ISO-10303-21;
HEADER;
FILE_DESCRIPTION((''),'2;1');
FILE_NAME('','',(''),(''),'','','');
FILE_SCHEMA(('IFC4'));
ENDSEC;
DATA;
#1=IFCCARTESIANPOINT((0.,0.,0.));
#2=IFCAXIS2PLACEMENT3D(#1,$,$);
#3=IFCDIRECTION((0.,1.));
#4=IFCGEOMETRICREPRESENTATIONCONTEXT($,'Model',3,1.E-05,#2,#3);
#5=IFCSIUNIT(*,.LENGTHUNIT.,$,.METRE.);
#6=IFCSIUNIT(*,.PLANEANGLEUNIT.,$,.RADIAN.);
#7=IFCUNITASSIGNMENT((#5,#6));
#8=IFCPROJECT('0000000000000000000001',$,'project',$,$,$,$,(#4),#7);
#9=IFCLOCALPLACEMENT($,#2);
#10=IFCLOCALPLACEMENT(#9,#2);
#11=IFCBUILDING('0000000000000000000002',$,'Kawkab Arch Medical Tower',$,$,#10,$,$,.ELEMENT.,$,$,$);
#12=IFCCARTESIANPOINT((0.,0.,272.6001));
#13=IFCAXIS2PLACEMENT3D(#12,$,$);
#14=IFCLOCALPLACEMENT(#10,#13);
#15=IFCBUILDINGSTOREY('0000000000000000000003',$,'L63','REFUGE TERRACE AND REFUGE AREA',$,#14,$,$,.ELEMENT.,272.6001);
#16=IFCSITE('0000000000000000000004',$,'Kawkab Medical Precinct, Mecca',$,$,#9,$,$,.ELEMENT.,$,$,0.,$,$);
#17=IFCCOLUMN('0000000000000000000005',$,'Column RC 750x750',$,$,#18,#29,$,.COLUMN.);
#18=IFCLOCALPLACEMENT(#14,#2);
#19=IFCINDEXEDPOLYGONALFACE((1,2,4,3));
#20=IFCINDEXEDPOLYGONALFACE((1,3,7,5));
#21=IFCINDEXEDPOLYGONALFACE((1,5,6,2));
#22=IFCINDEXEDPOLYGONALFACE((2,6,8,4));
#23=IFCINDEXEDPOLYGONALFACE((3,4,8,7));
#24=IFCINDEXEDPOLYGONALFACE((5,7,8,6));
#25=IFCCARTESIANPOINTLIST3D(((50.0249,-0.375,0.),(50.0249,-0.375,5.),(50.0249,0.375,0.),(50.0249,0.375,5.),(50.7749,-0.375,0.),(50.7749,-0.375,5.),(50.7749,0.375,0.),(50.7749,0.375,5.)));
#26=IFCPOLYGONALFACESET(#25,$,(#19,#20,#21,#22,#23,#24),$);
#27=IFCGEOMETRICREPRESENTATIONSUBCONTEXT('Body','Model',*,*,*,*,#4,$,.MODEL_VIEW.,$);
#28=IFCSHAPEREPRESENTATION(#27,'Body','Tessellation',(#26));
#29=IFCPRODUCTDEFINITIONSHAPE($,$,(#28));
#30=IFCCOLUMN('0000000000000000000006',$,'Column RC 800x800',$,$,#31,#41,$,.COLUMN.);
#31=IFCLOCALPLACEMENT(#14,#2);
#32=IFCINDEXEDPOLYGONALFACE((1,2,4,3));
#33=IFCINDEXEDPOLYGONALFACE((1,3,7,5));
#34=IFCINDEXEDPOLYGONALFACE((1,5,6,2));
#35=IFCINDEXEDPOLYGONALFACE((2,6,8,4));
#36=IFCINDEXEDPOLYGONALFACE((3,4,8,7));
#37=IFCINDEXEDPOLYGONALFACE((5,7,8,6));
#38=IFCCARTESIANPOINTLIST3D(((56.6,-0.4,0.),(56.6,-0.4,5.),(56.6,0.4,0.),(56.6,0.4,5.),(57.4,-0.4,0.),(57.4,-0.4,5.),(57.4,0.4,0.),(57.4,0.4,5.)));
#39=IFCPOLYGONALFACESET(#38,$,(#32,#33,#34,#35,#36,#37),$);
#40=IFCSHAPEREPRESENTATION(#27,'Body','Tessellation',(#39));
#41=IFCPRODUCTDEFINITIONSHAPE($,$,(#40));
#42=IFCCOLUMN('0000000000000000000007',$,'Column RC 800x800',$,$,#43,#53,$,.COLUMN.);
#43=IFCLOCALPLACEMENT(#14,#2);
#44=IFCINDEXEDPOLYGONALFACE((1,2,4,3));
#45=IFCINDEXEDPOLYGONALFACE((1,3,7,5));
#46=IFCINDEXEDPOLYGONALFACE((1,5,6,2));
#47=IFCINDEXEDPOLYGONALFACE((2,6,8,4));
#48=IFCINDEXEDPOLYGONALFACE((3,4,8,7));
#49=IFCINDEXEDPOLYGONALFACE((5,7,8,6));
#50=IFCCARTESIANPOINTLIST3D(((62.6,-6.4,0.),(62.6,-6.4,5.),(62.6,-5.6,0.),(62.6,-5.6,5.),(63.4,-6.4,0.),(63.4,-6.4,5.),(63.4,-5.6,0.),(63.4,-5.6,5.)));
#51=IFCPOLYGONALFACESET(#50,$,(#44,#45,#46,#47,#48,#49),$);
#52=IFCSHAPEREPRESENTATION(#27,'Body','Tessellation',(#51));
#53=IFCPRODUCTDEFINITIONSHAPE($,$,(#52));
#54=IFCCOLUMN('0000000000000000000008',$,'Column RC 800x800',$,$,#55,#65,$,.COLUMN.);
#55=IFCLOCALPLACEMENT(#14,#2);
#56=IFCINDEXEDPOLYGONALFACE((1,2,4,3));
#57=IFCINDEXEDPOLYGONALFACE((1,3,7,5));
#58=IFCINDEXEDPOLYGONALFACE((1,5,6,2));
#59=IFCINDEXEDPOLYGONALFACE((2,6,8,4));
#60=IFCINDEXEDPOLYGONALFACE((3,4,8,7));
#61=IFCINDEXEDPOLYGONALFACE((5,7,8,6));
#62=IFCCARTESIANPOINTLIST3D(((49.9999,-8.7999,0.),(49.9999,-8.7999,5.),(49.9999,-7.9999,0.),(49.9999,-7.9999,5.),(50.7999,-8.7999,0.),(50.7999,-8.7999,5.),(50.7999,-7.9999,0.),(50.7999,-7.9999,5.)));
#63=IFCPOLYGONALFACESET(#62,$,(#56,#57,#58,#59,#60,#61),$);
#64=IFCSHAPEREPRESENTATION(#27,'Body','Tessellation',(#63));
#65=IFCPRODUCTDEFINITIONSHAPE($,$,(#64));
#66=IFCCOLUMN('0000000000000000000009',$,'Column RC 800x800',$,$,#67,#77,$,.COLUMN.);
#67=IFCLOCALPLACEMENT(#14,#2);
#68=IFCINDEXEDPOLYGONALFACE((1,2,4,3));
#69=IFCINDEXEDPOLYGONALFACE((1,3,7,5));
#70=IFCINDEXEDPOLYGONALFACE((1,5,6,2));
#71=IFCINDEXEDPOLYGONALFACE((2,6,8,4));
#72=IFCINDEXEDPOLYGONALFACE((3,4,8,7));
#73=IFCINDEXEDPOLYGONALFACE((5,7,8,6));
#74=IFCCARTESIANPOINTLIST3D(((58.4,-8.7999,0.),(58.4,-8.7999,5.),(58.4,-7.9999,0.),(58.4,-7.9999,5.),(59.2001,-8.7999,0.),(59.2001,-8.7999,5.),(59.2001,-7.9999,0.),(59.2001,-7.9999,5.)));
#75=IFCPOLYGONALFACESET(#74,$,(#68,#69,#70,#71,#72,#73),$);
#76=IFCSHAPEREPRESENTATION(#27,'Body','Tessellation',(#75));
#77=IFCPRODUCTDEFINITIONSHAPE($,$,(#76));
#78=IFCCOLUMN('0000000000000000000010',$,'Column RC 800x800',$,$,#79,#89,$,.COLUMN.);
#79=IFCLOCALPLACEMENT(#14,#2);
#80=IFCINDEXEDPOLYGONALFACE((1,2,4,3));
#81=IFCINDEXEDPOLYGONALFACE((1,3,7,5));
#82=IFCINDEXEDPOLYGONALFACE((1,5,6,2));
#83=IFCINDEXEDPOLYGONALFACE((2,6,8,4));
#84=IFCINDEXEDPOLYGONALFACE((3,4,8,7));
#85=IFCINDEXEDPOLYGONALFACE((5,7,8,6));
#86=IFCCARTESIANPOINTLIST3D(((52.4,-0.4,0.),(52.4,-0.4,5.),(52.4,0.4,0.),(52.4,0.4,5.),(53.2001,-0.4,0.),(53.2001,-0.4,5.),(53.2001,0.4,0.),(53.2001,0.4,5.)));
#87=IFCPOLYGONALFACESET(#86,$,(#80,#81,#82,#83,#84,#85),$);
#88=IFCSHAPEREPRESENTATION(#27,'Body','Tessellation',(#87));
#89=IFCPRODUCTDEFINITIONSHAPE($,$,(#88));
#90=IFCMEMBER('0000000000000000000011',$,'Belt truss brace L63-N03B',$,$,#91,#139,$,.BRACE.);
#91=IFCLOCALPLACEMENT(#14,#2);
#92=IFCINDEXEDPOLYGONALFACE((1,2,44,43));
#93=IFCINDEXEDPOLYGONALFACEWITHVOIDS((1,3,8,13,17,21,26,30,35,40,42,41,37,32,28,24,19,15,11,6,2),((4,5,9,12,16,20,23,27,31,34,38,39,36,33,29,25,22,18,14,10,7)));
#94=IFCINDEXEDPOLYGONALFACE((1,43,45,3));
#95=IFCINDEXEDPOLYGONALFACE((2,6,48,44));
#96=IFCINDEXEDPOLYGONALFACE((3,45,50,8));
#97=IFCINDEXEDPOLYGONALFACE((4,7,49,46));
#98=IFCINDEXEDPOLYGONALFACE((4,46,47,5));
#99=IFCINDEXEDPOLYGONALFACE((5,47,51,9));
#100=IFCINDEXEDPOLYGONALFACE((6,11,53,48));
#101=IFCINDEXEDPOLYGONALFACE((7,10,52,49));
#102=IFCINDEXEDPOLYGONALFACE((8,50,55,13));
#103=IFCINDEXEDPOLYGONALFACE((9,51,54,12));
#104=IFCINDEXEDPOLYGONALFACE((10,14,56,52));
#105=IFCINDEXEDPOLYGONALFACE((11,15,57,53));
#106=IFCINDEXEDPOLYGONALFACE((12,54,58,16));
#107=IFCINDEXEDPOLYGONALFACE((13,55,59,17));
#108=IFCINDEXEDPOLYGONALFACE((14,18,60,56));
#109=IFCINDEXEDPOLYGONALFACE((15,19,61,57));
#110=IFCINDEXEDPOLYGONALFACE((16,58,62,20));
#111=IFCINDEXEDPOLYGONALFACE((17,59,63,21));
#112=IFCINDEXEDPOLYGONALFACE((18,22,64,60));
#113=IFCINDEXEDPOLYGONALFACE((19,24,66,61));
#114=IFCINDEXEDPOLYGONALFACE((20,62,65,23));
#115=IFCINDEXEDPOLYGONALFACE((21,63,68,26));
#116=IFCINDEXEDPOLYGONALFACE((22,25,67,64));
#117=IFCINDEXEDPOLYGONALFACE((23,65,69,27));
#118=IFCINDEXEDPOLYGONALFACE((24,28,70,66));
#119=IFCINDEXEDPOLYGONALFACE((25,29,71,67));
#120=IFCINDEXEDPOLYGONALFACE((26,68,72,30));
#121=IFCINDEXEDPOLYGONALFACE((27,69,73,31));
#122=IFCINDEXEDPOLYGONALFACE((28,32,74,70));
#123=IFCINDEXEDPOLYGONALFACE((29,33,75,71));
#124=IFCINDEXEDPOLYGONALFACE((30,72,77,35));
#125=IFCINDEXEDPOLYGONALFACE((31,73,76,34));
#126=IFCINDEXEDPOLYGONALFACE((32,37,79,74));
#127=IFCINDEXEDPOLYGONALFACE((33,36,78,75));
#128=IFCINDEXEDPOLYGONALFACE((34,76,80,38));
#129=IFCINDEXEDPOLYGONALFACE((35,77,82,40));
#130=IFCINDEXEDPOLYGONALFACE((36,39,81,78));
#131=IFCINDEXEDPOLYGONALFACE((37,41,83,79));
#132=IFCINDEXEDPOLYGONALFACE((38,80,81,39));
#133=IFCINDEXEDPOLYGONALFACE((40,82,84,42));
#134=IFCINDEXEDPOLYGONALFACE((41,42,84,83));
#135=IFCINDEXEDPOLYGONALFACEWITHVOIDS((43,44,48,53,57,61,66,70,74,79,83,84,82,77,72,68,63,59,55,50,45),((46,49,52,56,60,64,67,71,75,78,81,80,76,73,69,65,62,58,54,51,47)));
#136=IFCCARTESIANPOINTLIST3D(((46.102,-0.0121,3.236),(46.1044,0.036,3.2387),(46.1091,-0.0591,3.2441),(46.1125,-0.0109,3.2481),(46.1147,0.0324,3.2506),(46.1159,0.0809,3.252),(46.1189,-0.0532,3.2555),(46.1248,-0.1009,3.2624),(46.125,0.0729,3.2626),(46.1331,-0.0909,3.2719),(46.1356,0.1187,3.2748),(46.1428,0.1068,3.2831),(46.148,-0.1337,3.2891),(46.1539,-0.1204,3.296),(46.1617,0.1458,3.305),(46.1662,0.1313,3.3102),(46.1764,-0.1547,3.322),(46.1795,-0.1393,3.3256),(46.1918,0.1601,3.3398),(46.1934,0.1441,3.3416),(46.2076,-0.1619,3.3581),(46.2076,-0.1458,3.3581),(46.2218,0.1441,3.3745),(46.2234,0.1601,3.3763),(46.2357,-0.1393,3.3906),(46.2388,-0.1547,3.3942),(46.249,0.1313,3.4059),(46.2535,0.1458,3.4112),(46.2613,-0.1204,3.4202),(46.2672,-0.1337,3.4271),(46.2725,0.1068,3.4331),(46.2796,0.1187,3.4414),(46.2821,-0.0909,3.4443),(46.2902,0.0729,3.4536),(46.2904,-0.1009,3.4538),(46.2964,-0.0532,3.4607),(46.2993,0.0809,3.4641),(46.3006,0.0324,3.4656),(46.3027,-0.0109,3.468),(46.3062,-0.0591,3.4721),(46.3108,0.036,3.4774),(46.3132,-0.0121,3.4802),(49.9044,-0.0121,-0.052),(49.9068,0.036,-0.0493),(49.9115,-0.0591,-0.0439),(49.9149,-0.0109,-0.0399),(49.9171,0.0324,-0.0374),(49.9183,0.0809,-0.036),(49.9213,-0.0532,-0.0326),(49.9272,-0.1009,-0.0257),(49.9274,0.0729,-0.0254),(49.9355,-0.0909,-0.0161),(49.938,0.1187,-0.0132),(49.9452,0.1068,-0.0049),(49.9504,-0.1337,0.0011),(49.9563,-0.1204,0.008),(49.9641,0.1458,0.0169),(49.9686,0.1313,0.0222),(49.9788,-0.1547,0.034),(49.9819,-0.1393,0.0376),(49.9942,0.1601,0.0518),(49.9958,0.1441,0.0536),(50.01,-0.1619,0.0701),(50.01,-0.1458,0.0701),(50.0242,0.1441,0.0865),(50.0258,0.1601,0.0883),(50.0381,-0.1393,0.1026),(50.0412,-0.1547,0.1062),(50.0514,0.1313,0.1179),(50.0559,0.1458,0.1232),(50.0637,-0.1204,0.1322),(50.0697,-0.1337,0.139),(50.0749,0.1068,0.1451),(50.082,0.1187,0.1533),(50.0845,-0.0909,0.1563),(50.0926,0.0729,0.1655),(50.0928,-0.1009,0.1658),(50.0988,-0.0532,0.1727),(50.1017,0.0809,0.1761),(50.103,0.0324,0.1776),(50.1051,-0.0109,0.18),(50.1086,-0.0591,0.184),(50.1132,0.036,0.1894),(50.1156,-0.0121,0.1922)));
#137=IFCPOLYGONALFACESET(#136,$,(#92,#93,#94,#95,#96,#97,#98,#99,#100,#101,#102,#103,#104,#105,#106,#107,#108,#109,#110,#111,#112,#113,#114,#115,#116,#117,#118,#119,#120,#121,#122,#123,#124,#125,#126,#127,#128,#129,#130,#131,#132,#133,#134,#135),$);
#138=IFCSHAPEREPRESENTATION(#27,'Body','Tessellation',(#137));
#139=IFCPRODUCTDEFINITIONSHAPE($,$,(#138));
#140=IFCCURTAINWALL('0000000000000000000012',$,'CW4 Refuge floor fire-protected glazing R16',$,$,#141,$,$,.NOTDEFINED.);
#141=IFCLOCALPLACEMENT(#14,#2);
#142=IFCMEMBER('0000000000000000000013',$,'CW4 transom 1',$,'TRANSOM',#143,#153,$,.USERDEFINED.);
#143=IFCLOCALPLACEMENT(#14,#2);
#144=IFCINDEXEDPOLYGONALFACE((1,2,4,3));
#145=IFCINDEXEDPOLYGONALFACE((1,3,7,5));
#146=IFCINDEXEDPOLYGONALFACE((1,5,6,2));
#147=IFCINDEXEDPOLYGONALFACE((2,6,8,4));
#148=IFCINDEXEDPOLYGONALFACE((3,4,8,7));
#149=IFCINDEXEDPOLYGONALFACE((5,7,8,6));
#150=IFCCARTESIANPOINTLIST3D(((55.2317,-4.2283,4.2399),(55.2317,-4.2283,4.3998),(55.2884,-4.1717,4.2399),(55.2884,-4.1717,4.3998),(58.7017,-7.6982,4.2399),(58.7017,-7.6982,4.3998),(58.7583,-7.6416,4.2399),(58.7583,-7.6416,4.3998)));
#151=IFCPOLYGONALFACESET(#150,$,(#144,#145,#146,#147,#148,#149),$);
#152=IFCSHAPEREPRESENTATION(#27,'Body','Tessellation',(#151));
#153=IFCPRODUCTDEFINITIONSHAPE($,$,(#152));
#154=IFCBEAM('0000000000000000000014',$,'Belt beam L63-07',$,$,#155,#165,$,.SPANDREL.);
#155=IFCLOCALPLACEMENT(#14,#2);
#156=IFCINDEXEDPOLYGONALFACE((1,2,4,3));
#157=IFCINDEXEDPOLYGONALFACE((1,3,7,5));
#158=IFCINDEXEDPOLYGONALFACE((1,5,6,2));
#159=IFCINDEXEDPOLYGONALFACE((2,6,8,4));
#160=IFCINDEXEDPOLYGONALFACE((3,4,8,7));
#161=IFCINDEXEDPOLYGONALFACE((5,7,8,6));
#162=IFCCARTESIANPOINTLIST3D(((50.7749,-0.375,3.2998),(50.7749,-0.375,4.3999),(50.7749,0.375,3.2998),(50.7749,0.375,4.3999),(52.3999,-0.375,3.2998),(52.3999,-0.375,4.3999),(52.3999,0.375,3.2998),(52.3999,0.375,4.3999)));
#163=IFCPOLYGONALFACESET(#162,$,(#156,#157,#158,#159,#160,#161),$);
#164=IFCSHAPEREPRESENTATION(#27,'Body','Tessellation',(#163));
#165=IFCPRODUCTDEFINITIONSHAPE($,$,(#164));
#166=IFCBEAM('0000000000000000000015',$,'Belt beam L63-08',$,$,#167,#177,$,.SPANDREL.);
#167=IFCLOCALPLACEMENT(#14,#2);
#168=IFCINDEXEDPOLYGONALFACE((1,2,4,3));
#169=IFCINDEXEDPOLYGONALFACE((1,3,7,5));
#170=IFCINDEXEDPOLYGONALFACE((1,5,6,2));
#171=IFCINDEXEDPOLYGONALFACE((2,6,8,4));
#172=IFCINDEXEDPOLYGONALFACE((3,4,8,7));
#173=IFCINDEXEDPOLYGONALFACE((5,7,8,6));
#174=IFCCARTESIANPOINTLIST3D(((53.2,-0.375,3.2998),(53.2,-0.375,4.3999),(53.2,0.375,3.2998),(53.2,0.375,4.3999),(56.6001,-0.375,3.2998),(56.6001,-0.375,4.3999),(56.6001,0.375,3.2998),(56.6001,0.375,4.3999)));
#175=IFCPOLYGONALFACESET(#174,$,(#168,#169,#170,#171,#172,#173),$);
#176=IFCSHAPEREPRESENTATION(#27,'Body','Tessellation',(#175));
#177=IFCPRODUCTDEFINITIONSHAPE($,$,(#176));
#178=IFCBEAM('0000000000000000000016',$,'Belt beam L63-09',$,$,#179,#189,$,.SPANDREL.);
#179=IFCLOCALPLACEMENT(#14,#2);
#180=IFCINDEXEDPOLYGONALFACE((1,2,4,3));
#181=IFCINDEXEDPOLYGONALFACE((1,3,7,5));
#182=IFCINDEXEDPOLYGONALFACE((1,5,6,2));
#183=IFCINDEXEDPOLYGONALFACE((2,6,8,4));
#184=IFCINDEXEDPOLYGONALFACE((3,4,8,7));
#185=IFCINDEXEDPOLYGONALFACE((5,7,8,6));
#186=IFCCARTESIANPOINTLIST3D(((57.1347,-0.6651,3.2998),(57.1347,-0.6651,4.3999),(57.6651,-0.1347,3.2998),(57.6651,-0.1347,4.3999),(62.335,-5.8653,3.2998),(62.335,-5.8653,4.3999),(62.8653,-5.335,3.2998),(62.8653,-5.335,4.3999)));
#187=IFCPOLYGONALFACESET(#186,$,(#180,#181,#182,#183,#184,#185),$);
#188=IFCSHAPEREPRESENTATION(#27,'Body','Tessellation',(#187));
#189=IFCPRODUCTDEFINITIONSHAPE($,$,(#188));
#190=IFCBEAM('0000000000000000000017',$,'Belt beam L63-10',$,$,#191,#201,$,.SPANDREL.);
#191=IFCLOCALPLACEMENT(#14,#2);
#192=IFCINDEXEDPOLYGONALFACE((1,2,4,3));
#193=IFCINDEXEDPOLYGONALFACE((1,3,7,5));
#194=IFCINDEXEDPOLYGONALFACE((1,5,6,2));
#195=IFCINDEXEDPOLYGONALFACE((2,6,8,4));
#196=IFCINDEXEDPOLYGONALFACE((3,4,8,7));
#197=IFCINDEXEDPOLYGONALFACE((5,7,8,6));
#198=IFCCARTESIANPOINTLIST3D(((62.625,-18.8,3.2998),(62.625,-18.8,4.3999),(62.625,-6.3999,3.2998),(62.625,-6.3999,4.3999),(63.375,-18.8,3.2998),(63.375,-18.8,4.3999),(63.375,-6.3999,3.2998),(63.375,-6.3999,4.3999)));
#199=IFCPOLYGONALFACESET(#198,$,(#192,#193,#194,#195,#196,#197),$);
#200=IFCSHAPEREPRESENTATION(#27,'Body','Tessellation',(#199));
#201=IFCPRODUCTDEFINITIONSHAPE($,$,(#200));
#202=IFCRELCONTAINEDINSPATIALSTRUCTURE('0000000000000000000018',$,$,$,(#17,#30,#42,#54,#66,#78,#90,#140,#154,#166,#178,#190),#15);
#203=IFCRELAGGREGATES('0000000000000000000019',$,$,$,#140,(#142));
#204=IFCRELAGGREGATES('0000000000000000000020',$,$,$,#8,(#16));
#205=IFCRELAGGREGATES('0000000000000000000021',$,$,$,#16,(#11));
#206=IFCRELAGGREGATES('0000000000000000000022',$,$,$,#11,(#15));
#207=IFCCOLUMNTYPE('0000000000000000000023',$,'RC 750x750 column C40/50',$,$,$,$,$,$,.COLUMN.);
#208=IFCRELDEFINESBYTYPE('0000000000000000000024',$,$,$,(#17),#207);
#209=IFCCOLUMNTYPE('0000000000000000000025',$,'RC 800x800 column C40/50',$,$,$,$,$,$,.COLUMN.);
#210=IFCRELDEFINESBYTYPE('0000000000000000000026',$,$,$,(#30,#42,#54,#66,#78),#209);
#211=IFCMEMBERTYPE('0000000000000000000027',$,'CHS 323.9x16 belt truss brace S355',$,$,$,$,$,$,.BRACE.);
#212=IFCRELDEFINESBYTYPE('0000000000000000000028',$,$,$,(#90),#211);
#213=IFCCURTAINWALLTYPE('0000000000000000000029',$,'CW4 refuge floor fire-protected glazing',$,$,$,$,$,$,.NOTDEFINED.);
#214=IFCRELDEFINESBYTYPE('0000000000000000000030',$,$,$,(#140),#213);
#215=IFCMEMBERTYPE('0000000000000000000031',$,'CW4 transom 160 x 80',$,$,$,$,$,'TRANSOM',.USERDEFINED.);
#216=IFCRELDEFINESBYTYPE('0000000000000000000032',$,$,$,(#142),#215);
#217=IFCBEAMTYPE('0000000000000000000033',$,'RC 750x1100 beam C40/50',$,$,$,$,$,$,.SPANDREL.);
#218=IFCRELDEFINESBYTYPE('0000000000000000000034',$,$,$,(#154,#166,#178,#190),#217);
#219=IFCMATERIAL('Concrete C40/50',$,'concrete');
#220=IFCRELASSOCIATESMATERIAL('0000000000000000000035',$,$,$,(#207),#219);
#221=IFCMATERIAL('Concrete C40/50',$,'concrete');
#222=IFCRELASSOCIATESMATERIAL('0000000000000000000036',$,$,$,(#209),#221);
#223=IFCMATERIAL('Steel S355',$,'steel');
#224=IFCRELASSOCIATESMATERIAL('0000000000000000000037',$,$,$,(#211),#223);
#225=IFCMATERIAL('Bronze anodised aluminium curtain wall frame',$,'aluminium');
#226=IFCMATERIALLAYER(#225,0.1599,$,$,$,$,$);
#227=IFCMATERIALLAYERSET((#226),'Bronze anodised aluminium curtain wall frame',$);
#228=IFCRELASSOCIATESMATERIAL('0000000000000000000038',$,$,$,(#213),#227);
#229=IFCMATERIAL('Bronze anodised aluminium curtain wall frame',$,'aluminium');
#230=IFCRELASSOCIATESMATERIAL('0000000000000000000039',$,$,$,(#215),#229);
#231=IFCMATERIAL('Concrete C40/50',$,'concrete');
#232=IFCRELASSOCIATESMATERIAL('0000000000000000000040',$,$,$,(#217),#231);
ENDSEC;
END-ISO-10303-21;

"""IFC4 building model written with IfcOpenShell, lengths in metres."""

from ifc_helpers import new_model, si_unit, direction, frame, origin, origin_2d, place, context, subcontext, project, spatial, rectangle, hollow_circle, extrude, material, layer, layer_set, material_profile, profile_set, type_object, element, aggregate, save


model = new_model("IFC4")

# Units and contexts
model_context = context("Model", 3, precision=1e-05, world=origin(), true_north=direction((0.0, 1.0)))
body_context = subcontext(model_context, "Body", "Model", "MODEL_VIEW")
ifc_project = project(units=[si_unit("LENGTHUNIT", "METRE"), si_unit("PLANEANGLEUNIT", "RADIAN")], contexts=[model_context])

# Site, building, storey
site_placement = place(None, origin())
site = spatial("IfcSite", under=ifc_project, at=site_placement, Name="Kawkab Medical Precinct, Mecca", CompositionType="ELEMENT", RefElevation=0.0)
building_placement = place(site_placement, origin())
building = spatial("IfcBuilding", under=site, at=building_placement, Name="Kawkab Arch Medical Tower", CompositionType="ELEMENT")
storey_placement = place(building_placement, frame((0.0, 0.0, 272.6001)))
storey = spatial("IfcBuildingStorey", under=building, at=storey_placement, Name="L63", Description="REFUGE TERRACE AND REFUGE AREA", CompositionType="ELEMENT", Elevation=272.6001)

# Columns
ifc_material_1 = material(Name="Concrete C40/50", Category="concrete")
ifc_material_profile_1 = material_profile(ifc_material_1, rectangle(XDim=0.75, YDim=0.75, at=origin_2d()), Name="RC 750x750")
ifc_profile_set_1 = profile_set([ifc_material_profile_1], Name="Concrete C40/50")
column_type_1 = type_object("IfcColumnType", Name="RC 750x750 column C40/50", PredefinedType="COLUMN", material=ifc_profile_set_1)
column_placement = place(storey_placement, frame((50.3999, 0.0, 0.0), z_axis=(0.0, 0.0, 1.0), x_axis=(1.0, 0.0, 0.0)))
element("IfcColumn", 1, at=column_placement, inside=storey, type_object=column_type_1, Name="Column RC 750x750", PredefinedType="COLUMN", context=body_context, shape_type="SweptSolid", body=[
    extrude(rectangle(XDim=0.75, YDim=0.75, at=origin_2d()), origin(), (0.0, 0.0, 1.0), 5.0),
])
ifc_material_2 = material(Name="Concrete C40/50", Category="concrete")
ifc_material_profile_2 = material_profile(ifc_material_2, rectangle(XDim=0.8, YDim=0.8, at=origin_2d()), Name="RC 800x800")
ifc_profile_set_2 = profile_set([ifc_material_profile_2], Name="Concrete C40/50")
column_type_2 = type_object("IfcColumnType", Name="RC 800x800 column C40/50", PredefinedType="COLUMN", material=ifc_profile_set_2)
for number, where, z_axis, x_axis, name in (
    (2, (57.0, 0.0, 0.0), (0.0, 0.0, 1.0), (1.0, 0.0, 0.0), "Column RC 800x800"),
    (3, (63.0, -6.0, 0.0), (0.0, 0.0, 1.0), (1.0, 0.0, 0.0), "Column RC 800x800"),
    (4, (50.3999, -8.3999, 0.0), (0.0, 0.0, 1.0), (1.0, 0.0, 0.0), "Column RC 800x800"),
    (5, (58.8, -8.3999, 0.0), (0.0, 0.0, 1.0), (1.0, 0.0, 0.0), "Column RC 800x800"),
    (6, (52.8, 0.0, 0.0), (0.0, 0.0, 1.0), (1.0, 0.0, 0.0), "Column RC 800x800"),
):
    element("IfcColumn", number, at=place(storey_placement, frame(where, z_axis=z_axis, x_axis=x_axis)), inside=storey, type_object=column_type_2, Name=name, PredefinedType="COLUMN", context=body_context, shape_type="SweptSolid", body=[
        extrude(rectangle(XDim=0.8, YDim=0.8, at=origin_2d()), origin(), (0.0, 0.0, 1.0), 5.0),
    ])

# Member
ifc_material_3 = material(Name="Steel S355", Category="steel")
ifc_material_profile_3 = material_profile(ifc_material_3, hollow_circle(Radius=0.1619, WallThickness=0.0161, at=origin_2d()), Name="CHS 323.9x16")
ifc_profile_set_3 = profile_set([ifc_material_profile_3], Name="Steel S355")
member_type_1 = type_object("IfcMemberType", Name="CHS 323.9x16 belt truss brace S355", PredefinedType="BRACE", material=ifc_profile_set_3)
member_1_placement = place(storey_placement, frame((50.01, 0.0, 0.0701), z_axis=(-0.756418, 0.0, 0.654089), x_axis=(0.0, -1.0, 0.0)))
element("IfcMember", 7, at=member_1_placement, inside=storey, type_object=member_type_1, Name="Belt truss brace L63-N03B", PredefinedType="BRACE", context=body_context, shape_type="SweptSolid", body=[
    extrude(hollow_circle(Radius=0.1619, WallThickness=0.0161, at=origin_2d()), origin(), (0.0, 0.0, 1.0), 5.0269),
])

# Curtain wall, member
ifc_material_4 = material(Name="Bronze anodised aluminium curtain wall frame", Category="aluminium")
ifc_layer_1 = layer(ifc_material_4, 0.1599)
ifc_layer_set_1 = layer_set([ifc_layer_1], Name="Bronze anodised aluminium curtain wall frame")
curtain_wall_type = type_object("IfcCurtainWallType", Name="CW4 refuge floor fire-protected glazing", PredefinedType="NOTDEFINED", material=ifc_layer_set_1)
curtain_wall_placement = place(storey_placement, origin())
curtain_wall = element("IfcCurtainWall", 8, at=curtain_wall_placement, inside=storey, type_object=curtain_wall_type, Name="CW4 Refuge floor fire-protected glazing R16", PredefinedType="NOTDEFINED")
ifc_material_5 = material(Name="Bronze anodised aluminium curtain wall frame", Category="aluminium")
ifc_material_profile_4 = material_profile(ifc_material_5, rectangle(XDim=0.0801, YDim=0.1599, at=origin_2d()), Name="AL 80x160")
ifc_profile_set_4 = profile_set([ifc_material_profile_4], Name="Bronze anodised aluminium curtain wall frame")
member_type_2 = type_object("IfcMemberType", Name="CW4 transom 160 x 80", ElementType="TRANSOM", PredefinedType="USERDEFINED", material=ifc_profile_set_4)
member_2_placement = place(storey_placement, frame((58.73, -7.6699, 4.3198), z_axis=(-0.707107, 0.707107, 0.0), x_axis=(-0.707107, -0.707107, 0.0)))
member_2 = element("IfcMember", 9, at=member_2_placement, type_object=member_type_2, Name="CW4 transom 1", ObjectType="TRANSOM", PredefinedType="USERDEFINED", context=body_context, shape_type="SweptSolid", body=[
    extrude(rectangle(XDim=0.0801, YDim=0.1599, at=origin_2d()), origin(), (0.0, 0.0, 1.0), 4.9072),
])

# Beams
ifc_material_6 = material(Name="Concrete C40/50", Category="concrete")
ifc_material_profile_5 = material_profile(ifc_material_6, rectangle(XDim=0.75, YDim=1.1001, at=origin_2d()), Name="RC 750x1100")
ifc_profile_set_5 = profile_set([ifc_material_profile_5], Name="Concrete C40/50")
beam_type = type_object("IfcBeamType", Name="RC 750x1100 beam C40/50", PredefinedType="SPANDREL", material=ifc_profile_set_5)
beam_1_placement = place(storey_placement, frame((50.7749, 0.0, 3.8499), z_axis=(1.0, 0.0, 0.0), x_axis=(0.0, 1.0, 0.0)))
element("IfcBeam", 10, at=beam_1_placement, inside=storey, type_object=beam_type, Name="Belt beam L63-07", PredefinedType="SPANDREL", context=body_context, shape_type="SweptSolid", body=[
    extrude(rectangle(XDim=0.75, YDim=1.1001, at=origin_2d()), origin(), (0.0, 0.0, 1.0), 1.625),
])
beam_2_placement = place(storey_placement, frame((53.2, 0.0, 3.8499), z_axis=(1.0, 0.0, 0.0), x_axis=(0.0, 1.0, 0.0)))
element("IfcBeam", 11, at=beam_2_placement, inside=storey, type_object=beam_type, Name="Belt beam L63-08", PredefinedType="SPANDREL", context=body_context, shape_type="SweptSolid", body=[
    extrude(rectangle(XDim=0.75, YDim=1.1001, at=origin_2d()), origin(), (0.0, 0.0, 1.0), 3.4001),
])
beam_3_placement = place(storey_placement, frame((57.3999, -0.3999, 3.8499), z_axis=(0.707107, -0.707107, 0.0), x_axis=(0.707107, 0.707107, 0.0)))
element("IfcBeam", 12, at=beam_3_placement, inside=storey, type_object=beam_type, Name="Belt beam L63-09", PredefinedType="SPANDREL", context=body_context, shape_type="SweptSolid", body=[
    extrude(rectangle(XDim=0.75, YDim=1.1001, at=origin_2d()), origin(), (0.0, 0.0, 1.0), 7.3542),
])
beam_4_placement = place(storey_placement, frame((63.0, -6.3999, 3.8499), z_axis=(0.0, -1.0, 0.0), x_axis=(1.0, 0.0, 0.0)))
element("IfcBeam", 13, at=beam_4_placement, inside=storey, type_object=beam_type, Name="Belt beam L63-10", PredefinedType="SPANDREL", context=body_context, shape_type="SweptSolid", body=[
    extrude(rectangle(XDim=0.75, YDim=1.1001, at=origin_2d()), origin(), (0.0, 0.0, 1.0), 12.4001),
])

aggregate(curtain_wall, [member_2])

save(model, "model.ifc")
